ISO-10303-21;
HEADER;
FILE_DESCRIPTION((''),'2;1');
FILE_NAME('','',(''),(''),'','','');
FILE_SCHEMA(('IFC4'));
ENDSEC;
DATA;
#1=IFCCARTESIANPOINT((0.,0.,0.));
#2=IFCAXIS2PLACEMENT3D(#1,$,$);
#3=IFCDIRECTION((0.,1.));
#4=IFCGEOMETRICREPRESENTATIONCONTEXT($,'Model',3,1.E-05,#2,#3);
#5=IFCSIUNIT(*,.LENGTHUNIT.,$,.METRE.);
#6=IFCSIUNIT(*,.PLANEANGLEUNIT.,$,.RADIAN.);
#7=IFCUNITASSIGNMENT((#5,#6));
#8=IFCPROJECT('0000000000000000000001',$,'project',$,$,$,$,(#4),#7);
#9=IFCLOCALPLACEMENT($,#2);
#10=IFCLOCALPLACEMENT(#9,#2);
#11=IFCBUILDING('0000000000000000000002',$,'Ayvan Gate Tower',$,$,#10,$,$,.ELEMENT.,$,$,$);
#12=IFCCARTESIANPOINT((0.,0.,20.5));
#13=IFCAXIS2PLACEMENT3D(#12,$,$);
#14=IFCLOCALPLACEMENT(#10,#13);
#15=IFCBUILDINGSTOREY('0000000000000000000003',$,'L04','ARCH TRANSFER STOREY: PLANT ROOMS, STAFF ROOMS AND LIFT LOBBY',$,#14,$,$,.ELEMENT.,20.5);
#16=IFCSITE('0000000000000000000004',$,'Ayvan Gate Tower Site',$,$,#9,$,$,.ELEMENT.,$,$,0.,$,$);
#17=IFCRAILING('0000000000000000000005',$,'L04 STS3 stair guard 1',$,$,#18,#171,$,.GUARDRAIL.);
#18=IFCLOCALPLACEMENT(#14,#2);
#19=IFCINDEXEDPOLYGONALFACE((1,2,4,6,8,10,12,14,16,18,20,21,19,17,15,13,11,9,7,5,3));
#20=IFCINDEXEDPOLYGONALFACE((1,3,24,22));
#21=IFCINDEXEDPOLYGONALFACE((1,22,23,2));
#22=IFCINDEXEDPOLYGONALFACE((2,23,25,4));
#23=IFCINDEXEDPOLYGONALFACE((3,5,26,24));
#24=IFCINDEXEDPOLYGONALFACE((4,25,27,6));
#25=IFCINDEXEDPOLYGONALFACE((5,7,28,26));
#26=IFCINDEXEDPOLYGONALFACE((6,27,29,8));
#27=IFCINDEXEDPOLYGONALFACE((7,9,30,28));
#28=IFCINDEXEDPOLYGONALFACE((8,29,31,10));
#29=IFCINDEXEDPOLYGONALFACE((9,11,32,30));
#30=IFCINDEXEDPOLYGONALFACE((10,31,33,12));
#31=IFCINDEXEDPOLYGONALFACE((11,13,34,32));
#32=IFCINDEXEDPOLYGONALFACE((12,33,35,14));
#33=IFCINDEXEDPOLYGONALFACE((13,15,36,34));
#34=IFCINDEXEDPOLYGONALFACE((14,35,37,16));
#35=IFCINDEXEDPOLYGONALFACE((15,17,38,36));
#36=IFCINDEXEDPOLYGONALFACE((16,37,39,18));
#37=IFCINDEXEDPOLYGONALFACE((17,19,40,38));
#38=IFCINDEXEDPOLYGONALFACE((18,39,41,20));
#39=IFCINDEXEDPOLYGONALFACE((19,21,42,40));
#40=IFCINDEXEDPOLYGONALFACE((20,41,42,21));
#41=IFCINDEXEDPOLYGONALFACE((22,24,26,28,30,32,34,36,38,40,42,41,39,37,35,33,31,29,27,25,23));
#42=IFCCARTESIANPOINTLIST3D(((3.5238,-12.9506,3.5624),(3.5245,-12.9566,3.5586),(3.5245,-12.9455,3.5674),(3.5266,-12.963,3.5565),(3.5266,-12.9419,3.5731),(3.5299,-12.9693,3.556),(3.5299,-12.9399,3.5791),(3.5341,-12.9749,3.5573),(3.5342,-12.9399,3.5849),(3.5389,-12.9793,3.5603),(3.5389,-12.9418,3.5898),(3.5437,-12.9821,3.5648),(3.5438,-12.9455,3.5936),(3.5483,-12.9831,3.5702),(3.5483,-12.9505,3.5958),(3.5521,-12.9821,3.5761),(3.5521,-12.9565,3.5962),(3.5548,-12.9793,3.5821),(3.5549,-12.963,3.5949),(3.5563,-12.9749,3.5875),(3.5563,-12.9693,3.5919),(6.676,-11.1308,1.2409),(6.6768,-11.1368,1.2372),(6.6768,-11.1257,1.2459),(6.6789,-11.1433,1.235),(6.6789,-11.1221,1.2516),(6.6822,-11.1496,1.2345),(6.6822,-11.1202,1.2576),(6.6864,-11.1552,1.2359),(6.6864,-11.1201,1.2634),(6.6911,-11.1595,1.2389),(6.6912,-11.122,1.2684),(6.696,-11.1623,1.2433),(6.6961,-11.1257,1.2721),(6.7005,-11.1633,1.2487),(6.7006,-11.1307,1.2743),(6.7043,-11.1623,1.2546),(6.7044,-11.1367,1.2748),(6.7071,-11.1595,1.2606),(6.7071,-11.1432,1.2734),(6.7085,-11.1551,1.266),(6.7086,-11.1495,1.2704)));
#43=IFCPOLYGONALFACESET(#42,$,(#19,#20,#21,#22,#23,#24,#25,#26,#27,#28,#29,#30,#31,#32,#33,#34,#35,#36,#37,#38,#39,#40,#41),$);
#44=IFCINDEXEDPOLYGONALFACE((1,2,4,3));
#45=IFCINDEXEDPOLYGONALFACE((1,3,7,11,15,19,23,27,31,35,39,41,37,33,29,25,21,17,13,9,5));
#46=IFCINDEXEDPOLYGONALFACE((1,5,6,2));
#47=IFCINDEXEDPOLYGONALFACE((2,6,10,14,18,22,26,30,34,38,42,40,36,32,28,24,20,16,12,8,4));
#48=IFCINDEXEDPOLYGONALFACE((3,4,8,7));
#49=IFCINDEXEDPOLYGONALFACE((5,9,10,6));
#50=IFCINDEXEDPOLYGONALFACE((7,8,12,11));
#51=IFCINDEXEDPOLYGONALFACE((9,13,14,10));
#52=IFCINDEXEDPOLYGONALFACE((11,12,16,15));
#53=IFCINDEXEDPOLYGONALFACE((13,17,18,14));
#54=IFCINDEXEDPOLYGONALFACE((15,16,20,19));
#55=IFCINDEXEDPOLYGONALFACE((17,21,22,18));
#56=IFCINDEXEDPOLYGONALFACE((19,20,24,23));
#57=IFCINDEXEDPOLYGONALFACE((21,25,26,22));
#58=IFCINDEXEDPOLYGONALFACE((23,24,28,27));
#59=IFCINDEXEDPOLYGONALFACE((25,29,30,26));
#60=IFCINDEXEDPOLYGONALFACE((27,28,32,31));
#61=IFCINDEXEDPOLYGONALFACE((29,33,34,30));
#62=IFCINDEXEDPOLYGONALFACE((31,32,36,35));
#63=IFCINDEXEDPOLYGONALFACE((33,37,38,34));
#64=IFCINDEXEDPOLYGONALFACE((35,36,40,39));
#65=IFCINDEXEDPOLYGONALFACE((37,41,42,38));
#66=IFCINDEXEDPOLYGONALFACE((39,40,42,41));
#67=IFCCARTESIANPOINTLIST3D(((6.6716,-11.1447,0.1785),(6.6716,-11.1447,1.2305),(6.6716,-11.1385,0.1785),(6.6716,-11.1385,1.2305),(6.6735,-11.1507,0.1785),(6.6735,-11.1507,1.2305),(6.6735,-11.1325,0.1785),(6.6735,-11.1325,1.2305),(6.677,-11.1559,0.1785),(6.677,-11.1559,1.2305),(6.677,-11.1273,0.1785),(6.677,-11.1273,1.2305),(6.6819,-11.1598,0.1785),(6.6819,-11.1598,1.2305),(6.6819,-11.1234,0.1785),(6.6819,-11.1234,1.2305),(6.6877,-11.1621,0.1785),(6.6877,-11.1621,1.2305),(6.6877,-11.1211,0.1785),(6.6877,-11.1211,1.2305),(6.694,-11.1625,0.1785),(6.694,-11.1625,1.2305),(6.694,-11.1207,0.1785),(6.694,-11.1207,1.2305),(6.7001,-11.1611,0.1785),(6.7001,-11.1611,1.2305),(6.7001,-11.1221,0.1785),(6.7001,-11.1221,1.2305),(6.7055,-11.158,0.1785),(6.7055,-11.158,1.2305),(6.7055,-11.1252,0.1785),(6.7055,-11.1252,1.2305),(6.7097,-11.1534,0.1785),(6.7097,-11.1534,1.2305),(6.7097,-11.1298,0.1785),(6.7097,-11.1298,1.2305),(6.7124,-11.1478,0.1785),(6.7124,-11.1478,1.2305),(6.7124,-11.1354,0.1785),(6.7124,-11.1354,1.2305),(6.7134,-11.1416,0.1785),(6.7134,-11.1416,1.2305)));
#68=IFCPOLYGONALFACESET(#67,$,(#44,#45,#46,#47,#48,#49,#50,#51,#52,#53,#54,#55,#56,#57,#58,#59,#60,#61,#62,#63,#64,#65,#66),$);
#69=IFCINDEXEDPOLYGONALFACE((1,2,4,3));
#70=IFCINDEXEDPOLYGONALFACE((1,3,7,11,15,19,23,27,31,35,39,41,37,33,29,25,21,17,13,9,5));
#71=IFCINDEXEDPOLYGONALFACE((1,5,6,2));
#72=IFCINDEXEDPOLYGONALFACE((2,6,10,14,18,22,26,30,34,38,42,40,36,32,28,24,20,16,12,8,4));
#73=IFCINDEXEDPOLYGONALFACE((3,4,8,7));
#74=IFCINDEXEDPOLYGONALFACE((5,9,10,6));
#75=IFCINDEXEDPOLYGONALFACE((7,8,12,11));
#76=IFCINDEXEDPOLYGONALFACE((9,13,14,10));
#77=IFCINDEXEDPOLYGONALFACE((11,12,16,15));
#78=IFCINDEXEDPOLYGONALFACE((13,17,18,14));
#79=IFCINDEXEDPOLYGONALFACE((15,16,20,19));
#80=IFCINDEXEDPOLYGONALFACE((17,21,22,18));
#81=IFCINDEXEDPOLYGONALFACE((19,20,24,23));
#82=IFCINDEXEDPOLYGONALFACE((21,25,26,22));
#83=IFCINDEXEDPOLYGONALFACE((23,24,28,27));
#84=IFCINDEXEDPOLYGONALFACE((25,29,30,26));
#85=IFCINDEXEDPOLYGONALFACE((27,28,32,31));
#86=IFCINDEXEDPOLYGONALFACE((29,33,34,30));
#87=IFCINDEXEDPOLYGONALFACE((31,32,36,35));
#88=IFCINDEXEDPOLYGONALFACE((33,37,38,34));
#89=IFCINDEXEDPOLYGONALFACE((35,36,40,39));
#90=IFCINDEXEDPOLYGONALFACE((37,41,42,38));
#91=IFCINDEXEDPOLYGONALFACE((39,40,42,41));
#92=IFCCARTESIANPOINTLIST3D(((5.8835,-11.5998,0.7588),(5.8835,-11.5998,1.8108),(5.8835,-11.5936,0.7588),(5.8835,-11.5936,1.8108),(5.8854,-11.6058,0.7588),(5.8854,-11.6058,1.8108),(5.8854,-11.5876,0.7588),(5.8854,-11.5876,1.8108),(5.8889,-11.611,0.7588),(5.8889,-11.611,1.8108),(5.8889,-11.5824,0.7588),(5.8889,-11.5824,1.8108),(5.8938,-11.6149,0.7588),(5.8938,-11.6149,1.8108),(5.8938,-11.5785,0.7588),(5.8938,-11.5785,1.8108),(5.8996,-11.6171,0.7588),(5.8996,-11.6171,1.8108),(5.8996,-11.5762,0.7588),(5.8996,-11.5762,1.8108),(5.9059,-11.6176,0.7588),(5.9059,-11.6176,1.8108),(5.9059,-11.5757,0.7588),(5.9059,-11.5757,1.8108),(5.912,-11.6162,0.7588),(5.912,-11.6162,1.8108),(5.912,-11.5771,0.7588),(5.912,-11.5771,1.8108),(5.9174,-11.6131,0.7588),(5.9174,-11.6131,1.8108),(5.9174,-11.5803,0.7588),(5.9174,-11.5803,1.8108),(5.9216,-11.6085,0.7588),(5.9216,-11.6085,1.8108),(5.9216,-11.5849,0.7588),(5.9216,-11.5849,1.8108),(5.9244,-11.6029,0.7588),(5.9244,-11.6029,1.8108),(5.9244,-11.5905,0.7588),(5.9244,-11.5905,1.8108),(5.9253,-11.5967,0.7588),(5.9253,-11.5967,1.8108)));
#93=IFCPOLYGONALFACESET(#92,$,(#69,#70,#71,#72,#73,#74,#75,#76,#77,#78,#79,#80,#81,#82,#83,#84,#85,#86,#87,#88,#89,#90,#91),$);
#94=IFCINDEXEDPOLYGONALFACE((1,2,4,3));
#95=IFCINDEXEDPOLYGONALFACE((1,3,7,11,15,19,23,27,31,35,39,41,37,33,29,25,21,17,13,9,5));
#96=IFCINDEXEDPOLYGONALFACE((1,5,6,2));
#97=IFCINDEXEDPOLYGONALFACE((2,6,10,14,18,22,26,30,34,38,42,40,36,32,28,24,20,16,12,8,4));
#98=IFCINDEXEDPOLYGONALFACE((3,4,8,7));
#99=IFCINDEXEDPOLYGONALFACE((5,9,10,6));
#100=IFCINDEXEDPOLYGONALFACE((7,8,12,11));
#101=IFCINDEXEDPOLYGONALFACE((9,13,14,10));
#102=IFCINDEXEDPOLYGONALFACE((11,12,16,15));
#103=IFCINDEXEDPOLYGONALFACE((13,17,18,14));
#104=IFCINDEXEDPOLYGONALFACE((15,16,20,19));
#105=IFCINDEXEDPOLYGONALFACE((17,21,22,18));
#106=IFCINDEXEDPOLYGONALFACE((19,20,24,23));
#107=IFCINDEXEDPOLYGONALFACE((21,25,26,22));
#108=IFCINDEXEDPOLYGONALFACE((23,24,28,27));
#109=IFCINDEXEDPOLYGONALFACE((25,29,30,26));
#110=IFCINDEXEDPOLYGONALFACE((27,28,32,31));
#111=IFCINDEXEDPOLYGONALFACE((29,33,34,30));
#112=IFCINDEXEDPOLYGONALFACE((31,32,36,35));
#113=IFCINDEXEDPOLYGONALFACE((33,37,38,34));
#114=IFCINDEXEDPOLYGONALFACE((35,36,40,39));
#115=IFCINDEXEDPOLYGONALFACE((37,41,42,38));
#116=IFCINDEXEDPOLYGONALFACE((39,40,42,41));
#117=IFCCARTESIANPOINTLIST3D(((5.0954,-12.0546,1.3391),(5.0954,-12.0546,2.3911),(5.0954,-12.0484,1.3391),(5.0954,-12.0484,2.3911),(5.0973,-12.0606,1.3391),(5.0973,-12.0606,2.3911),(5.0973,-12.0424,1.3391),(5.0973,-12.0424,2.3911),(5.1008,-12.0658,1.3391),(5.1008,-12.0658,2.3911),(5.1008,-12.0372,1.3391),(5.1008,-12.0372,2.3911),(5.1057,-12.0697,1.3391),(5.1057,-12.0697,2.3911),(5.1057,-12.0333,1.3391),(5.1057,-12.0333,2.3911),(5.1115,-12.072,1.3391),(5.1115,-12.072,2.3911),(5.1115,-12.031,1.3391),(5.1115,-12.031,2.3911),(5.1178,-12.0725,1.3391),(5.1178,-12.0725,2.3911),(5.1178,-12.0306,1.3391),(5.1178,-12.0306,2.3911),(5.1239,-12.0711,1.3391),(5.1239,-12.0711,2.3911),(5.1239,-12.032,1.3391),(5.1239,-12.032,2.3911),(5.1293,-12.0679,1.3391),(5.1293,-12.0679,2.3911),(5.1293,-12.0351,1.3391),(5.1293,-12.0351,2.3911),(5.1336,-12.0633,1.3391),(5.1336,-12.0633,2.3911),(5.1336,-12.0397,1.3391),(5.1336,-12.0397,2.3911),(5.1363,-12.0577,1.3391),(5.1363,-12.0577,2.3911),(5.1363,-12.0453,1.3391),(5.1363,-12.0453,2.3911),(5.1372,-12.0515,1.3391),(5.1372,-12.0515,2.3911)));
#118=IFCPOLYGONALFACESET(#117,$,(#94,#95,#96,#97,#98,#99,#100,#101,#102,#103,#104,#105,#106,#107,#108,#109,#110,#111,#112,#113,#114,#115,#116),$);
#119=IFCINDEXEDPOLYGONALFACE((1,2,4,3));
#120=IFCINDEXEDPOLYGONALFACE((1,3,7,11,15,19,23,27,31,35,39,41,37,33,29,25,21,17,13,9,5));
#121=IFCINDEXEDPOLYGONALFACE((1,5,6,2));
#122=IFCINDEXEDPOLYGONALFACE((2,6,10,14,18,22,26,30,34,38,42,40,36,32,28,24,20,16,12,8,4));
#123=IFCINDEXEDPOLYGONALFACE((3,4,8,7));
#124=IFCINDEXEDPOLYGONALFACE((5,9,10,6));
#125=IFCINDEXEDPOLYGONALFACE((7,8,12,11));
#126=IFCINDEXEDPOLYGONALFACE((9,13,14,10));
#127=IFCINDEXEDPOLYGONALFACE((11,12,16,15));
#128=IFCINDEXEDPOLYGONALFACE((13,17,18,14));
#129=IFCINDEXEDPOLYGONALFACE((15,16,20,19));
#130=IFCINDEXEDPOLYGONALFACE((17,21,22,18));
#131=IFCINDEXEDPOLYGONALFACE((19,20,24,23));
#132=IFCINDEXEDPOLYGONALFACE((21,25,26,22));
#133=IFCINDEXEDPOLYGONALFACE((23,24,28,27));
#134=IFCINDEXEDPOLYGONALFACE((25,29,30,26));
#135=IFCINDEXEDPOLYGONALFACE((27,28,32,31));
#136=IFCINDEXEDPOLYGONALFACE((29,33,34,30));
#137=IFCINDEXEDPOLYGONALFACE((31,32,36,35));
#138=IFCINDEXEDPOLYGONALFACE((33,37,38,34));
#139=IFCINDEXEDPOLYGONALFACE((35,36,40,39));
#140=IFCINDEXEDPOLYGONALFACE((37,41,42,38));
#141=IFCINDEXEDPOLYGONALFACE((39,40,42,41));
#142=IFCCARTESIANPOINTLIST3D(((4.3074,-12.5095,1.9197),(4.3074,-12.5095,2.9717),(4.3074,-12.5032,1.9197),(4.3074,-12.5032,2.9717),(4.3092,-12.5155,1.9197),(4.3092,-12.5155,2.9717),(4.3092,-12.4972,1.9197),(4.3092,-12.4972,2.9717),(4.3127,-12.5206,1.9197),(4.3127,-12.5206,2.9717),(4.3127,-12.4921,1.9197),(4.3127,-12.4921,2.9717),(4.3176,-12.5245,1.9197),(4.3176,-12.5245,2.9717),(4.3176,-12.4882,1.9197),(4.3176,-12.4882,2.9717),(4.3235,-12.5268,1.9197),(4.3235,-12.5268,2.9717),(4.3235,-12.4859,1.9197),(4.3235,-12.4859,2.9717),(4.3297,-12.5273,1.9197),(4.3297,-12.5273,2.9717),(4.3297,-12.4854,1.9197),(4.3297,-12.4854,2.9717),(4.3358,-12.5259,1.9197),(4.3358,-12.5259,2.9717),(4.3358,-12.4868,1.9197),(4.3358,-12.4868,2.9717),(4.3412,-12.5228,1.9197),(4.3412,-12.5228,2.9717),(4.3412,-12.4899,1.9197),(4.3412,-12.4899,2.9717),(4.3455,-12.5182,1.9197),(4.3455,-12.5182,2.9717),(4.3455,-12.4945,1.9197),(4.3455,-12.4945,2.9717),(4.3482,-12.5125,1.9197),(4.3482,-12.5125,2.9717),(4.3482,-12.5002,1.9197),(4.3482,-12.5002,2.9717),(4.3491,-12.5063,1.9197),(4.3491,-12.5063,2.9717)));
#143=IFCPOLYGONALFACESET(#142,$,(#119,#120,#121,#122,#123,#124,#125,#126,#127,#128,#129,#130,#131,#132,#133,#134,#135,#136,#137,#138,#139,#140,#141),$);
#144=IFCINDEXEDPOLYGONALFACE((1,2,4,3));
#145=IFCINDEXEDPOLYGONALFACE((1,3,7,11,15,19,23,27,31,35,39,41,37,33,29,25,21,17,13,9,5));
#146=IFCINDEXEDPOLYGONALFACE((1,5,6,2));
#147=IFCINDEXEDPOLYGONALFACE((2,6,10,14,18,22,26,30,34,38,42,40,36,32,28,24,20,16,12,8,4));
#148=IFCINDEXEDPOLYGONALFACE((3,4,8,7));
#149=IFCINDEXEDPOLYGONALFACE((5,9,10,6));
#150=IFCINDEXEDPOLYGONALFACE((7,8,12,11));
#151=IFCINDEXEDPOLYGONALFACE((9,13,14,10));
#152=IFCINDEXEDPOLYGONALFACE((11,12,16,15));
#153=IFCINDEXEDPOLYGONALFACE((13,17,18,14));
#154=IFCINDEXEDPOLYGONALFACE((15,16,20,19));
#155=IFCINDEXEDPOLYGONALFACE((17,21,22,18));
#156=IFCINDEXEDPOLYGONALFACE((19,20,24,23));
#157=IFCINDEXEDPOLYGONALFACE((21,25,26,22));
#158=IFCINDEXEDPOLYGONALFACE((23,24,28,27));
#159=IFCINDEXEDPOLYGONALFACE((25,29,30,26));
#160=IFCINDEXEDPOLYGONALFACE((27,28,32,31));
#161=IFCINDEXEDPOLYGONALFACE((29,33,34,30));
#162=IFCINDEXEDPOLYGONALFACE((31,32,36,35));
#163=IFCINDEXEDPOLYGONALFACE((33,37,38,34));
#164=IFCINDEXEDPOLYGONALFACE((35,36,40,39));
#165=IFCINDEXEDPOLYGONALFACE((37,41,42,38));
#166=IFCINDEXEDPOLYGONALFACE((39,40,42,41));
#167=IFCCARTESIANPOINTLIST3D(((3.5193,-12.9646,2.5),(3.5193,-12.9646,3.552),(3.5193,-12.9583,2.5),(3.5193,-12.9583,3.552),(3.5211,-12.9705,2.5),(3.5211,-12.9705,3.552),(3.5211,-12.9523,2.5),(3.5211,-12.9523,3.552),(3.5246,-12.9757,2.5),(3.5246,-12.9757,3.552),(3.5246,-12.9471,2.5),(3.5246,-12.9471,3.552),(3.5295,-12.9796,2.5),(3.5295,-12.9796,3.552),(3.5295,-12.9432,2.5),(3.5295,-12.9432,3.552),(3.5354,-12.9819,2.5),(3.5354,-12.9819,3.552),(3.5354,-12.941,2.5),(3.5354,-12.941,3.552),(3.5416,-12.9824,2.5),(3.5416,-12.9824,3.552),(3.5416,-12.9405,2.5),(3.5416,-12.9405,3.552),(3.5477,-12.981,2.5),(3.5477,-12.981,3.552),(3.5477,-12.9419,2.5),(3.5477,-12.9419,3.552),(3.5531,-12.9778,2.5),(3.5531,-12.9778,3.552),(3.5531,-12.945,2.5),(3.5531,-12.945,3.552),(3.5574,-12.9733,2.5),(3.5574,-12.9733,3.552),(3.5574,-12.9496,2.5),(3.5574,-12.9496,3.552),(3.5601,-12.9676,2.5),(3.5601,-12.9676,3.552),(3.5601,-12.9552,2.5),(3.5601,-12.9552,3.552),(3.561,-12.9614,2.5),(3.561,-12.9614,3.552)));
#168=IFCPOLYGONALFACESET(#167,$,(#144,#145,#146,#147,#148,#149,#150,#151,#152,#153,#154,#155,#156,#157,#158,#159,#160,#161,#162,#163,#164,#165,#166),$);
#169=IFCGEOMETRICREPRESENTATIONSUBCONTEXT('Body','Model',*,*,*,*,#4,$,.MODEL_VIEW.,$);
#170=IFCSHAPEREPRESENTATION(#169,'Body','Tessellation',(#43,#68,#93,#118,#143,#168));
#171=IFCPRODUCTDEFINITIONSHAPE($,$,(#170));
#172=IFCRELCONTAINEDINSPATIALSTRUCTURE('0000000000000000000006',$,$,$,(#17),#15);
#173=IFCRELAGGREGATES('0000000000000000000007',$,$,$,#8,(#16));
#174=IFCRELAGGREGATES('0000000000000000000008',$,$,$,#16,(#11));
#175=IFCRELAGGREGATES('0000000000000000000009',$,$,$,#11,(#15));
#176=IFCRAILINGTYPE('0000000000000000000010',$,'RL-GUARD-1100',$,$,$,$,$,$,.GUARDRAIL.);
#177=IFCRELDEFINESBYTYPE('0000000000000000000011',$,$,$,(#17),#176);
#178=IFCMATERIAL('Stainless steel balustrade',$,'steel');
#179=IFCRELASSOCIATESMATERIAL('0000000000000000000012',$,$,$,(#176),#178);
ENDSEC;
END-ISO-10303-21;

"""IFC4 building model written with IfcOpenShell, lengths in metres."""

from ifc_helpers import new_model, si_unit, direction, frame, origin, origin_2d, place, context, subcontext, project, spatial, circle, extrude, material, type_object, element, save


model = new_model("IFC4")

# Units and contexts
model_context = context("Model", 3, precision=1e-05, world=origin(), true_north=direction((0.0, 1.0)))
body_context = subcontext(model_context, "Body", "Model", "MODEL_VIEW")
ifc_project = project(units=[si_unit("LENGTHUNIT", "METRE"), si_unit("PLANEANGLEUNIT", "RADIAN")], contexts=[model_context])

# Site, building, storey
site_placement = place(None, origin())
site = spatial("IfcSite", under=ifc_project, at=site_placement, Name="Ayvan Gate Tower Site", CompositionType="ELEMENT", RefElevation=0.0)
building_placement = place(site_placement, origin())
building = spatial("IfcBuilding", under=site, at=building_placement, Name="Ayvan Gate Tower", CompositionType="ELEMENT")
storey_placement = place(building_placement, frame((0.0, 0.0, 20.5)))
storey = spatial("IfcBuildingStorey", under=building, at=storey_placement, Name="L04", Description="ARCH TRANSFER STOREY: PLANT ROOMS, STAFF ROOMS AND LIFT LOBBY", CompositionType="ELEMENT", Elevation=20.5)

# Railing
ifc_material_1 = material(Name="Stainless steel balustrade", Category="steel")
railing_type_1 = type_object("IfcRailingType", Name="RL-GUARD-1100", PredefinedType="GUARDRAIL", material=ifc_material_1)
railing_1_placement = place(storey_placement, frame((6.6924, -11.1416, 0.1785)))
element("IfcRailing", 1, at=railing_1_placement, inside=storey, type_object=railing_type_1, Name="L04 STS3 stair guard 1", PredefinedType="GUARDRAIL", context=body_context, shape_type="SweptSolid", body=[
    extrude(circle(Radius=0.0239, at=origin_2d()), frame((0.0, 0.0, 1.0762), z_axis=(-0.730176, -0.421525, 0.537736), x_axis=(0.499962, -0.866047, 0.0)), (0.0, 0.0, 1.0), 4.3171),
    extrude(circle(Radius=0.021, at=origin_2d()), origin(), (0.0, 0.0, 1.0), 1.052),
    extrude(circle(Radius=0.021, at=origin_2d()), frame((-0.7881, -0.4551, 0.5803)), (0.0, 0.0, 1.0), 1.052),
    extrude(circle(Radius=0.021, at=origin_2d()), frame((-1.5762, -0.9099, 1.1606)), (0.0, 0.0, 1.0), 1.052),
    extrude(circle(Radius=0.021, at=origin_2d()), frame((-2.3643, -1.3647, 1.7412)), (0.0, 0.0, 1.0), 1.052),
    extrude(circle(Radius=0.021, at=origin_2d()), frame((-3.1523, -1.8198, 2.3215)), (0.0, 0.0, 1.0), 1.052),
])

save(model, "model.ifc")
